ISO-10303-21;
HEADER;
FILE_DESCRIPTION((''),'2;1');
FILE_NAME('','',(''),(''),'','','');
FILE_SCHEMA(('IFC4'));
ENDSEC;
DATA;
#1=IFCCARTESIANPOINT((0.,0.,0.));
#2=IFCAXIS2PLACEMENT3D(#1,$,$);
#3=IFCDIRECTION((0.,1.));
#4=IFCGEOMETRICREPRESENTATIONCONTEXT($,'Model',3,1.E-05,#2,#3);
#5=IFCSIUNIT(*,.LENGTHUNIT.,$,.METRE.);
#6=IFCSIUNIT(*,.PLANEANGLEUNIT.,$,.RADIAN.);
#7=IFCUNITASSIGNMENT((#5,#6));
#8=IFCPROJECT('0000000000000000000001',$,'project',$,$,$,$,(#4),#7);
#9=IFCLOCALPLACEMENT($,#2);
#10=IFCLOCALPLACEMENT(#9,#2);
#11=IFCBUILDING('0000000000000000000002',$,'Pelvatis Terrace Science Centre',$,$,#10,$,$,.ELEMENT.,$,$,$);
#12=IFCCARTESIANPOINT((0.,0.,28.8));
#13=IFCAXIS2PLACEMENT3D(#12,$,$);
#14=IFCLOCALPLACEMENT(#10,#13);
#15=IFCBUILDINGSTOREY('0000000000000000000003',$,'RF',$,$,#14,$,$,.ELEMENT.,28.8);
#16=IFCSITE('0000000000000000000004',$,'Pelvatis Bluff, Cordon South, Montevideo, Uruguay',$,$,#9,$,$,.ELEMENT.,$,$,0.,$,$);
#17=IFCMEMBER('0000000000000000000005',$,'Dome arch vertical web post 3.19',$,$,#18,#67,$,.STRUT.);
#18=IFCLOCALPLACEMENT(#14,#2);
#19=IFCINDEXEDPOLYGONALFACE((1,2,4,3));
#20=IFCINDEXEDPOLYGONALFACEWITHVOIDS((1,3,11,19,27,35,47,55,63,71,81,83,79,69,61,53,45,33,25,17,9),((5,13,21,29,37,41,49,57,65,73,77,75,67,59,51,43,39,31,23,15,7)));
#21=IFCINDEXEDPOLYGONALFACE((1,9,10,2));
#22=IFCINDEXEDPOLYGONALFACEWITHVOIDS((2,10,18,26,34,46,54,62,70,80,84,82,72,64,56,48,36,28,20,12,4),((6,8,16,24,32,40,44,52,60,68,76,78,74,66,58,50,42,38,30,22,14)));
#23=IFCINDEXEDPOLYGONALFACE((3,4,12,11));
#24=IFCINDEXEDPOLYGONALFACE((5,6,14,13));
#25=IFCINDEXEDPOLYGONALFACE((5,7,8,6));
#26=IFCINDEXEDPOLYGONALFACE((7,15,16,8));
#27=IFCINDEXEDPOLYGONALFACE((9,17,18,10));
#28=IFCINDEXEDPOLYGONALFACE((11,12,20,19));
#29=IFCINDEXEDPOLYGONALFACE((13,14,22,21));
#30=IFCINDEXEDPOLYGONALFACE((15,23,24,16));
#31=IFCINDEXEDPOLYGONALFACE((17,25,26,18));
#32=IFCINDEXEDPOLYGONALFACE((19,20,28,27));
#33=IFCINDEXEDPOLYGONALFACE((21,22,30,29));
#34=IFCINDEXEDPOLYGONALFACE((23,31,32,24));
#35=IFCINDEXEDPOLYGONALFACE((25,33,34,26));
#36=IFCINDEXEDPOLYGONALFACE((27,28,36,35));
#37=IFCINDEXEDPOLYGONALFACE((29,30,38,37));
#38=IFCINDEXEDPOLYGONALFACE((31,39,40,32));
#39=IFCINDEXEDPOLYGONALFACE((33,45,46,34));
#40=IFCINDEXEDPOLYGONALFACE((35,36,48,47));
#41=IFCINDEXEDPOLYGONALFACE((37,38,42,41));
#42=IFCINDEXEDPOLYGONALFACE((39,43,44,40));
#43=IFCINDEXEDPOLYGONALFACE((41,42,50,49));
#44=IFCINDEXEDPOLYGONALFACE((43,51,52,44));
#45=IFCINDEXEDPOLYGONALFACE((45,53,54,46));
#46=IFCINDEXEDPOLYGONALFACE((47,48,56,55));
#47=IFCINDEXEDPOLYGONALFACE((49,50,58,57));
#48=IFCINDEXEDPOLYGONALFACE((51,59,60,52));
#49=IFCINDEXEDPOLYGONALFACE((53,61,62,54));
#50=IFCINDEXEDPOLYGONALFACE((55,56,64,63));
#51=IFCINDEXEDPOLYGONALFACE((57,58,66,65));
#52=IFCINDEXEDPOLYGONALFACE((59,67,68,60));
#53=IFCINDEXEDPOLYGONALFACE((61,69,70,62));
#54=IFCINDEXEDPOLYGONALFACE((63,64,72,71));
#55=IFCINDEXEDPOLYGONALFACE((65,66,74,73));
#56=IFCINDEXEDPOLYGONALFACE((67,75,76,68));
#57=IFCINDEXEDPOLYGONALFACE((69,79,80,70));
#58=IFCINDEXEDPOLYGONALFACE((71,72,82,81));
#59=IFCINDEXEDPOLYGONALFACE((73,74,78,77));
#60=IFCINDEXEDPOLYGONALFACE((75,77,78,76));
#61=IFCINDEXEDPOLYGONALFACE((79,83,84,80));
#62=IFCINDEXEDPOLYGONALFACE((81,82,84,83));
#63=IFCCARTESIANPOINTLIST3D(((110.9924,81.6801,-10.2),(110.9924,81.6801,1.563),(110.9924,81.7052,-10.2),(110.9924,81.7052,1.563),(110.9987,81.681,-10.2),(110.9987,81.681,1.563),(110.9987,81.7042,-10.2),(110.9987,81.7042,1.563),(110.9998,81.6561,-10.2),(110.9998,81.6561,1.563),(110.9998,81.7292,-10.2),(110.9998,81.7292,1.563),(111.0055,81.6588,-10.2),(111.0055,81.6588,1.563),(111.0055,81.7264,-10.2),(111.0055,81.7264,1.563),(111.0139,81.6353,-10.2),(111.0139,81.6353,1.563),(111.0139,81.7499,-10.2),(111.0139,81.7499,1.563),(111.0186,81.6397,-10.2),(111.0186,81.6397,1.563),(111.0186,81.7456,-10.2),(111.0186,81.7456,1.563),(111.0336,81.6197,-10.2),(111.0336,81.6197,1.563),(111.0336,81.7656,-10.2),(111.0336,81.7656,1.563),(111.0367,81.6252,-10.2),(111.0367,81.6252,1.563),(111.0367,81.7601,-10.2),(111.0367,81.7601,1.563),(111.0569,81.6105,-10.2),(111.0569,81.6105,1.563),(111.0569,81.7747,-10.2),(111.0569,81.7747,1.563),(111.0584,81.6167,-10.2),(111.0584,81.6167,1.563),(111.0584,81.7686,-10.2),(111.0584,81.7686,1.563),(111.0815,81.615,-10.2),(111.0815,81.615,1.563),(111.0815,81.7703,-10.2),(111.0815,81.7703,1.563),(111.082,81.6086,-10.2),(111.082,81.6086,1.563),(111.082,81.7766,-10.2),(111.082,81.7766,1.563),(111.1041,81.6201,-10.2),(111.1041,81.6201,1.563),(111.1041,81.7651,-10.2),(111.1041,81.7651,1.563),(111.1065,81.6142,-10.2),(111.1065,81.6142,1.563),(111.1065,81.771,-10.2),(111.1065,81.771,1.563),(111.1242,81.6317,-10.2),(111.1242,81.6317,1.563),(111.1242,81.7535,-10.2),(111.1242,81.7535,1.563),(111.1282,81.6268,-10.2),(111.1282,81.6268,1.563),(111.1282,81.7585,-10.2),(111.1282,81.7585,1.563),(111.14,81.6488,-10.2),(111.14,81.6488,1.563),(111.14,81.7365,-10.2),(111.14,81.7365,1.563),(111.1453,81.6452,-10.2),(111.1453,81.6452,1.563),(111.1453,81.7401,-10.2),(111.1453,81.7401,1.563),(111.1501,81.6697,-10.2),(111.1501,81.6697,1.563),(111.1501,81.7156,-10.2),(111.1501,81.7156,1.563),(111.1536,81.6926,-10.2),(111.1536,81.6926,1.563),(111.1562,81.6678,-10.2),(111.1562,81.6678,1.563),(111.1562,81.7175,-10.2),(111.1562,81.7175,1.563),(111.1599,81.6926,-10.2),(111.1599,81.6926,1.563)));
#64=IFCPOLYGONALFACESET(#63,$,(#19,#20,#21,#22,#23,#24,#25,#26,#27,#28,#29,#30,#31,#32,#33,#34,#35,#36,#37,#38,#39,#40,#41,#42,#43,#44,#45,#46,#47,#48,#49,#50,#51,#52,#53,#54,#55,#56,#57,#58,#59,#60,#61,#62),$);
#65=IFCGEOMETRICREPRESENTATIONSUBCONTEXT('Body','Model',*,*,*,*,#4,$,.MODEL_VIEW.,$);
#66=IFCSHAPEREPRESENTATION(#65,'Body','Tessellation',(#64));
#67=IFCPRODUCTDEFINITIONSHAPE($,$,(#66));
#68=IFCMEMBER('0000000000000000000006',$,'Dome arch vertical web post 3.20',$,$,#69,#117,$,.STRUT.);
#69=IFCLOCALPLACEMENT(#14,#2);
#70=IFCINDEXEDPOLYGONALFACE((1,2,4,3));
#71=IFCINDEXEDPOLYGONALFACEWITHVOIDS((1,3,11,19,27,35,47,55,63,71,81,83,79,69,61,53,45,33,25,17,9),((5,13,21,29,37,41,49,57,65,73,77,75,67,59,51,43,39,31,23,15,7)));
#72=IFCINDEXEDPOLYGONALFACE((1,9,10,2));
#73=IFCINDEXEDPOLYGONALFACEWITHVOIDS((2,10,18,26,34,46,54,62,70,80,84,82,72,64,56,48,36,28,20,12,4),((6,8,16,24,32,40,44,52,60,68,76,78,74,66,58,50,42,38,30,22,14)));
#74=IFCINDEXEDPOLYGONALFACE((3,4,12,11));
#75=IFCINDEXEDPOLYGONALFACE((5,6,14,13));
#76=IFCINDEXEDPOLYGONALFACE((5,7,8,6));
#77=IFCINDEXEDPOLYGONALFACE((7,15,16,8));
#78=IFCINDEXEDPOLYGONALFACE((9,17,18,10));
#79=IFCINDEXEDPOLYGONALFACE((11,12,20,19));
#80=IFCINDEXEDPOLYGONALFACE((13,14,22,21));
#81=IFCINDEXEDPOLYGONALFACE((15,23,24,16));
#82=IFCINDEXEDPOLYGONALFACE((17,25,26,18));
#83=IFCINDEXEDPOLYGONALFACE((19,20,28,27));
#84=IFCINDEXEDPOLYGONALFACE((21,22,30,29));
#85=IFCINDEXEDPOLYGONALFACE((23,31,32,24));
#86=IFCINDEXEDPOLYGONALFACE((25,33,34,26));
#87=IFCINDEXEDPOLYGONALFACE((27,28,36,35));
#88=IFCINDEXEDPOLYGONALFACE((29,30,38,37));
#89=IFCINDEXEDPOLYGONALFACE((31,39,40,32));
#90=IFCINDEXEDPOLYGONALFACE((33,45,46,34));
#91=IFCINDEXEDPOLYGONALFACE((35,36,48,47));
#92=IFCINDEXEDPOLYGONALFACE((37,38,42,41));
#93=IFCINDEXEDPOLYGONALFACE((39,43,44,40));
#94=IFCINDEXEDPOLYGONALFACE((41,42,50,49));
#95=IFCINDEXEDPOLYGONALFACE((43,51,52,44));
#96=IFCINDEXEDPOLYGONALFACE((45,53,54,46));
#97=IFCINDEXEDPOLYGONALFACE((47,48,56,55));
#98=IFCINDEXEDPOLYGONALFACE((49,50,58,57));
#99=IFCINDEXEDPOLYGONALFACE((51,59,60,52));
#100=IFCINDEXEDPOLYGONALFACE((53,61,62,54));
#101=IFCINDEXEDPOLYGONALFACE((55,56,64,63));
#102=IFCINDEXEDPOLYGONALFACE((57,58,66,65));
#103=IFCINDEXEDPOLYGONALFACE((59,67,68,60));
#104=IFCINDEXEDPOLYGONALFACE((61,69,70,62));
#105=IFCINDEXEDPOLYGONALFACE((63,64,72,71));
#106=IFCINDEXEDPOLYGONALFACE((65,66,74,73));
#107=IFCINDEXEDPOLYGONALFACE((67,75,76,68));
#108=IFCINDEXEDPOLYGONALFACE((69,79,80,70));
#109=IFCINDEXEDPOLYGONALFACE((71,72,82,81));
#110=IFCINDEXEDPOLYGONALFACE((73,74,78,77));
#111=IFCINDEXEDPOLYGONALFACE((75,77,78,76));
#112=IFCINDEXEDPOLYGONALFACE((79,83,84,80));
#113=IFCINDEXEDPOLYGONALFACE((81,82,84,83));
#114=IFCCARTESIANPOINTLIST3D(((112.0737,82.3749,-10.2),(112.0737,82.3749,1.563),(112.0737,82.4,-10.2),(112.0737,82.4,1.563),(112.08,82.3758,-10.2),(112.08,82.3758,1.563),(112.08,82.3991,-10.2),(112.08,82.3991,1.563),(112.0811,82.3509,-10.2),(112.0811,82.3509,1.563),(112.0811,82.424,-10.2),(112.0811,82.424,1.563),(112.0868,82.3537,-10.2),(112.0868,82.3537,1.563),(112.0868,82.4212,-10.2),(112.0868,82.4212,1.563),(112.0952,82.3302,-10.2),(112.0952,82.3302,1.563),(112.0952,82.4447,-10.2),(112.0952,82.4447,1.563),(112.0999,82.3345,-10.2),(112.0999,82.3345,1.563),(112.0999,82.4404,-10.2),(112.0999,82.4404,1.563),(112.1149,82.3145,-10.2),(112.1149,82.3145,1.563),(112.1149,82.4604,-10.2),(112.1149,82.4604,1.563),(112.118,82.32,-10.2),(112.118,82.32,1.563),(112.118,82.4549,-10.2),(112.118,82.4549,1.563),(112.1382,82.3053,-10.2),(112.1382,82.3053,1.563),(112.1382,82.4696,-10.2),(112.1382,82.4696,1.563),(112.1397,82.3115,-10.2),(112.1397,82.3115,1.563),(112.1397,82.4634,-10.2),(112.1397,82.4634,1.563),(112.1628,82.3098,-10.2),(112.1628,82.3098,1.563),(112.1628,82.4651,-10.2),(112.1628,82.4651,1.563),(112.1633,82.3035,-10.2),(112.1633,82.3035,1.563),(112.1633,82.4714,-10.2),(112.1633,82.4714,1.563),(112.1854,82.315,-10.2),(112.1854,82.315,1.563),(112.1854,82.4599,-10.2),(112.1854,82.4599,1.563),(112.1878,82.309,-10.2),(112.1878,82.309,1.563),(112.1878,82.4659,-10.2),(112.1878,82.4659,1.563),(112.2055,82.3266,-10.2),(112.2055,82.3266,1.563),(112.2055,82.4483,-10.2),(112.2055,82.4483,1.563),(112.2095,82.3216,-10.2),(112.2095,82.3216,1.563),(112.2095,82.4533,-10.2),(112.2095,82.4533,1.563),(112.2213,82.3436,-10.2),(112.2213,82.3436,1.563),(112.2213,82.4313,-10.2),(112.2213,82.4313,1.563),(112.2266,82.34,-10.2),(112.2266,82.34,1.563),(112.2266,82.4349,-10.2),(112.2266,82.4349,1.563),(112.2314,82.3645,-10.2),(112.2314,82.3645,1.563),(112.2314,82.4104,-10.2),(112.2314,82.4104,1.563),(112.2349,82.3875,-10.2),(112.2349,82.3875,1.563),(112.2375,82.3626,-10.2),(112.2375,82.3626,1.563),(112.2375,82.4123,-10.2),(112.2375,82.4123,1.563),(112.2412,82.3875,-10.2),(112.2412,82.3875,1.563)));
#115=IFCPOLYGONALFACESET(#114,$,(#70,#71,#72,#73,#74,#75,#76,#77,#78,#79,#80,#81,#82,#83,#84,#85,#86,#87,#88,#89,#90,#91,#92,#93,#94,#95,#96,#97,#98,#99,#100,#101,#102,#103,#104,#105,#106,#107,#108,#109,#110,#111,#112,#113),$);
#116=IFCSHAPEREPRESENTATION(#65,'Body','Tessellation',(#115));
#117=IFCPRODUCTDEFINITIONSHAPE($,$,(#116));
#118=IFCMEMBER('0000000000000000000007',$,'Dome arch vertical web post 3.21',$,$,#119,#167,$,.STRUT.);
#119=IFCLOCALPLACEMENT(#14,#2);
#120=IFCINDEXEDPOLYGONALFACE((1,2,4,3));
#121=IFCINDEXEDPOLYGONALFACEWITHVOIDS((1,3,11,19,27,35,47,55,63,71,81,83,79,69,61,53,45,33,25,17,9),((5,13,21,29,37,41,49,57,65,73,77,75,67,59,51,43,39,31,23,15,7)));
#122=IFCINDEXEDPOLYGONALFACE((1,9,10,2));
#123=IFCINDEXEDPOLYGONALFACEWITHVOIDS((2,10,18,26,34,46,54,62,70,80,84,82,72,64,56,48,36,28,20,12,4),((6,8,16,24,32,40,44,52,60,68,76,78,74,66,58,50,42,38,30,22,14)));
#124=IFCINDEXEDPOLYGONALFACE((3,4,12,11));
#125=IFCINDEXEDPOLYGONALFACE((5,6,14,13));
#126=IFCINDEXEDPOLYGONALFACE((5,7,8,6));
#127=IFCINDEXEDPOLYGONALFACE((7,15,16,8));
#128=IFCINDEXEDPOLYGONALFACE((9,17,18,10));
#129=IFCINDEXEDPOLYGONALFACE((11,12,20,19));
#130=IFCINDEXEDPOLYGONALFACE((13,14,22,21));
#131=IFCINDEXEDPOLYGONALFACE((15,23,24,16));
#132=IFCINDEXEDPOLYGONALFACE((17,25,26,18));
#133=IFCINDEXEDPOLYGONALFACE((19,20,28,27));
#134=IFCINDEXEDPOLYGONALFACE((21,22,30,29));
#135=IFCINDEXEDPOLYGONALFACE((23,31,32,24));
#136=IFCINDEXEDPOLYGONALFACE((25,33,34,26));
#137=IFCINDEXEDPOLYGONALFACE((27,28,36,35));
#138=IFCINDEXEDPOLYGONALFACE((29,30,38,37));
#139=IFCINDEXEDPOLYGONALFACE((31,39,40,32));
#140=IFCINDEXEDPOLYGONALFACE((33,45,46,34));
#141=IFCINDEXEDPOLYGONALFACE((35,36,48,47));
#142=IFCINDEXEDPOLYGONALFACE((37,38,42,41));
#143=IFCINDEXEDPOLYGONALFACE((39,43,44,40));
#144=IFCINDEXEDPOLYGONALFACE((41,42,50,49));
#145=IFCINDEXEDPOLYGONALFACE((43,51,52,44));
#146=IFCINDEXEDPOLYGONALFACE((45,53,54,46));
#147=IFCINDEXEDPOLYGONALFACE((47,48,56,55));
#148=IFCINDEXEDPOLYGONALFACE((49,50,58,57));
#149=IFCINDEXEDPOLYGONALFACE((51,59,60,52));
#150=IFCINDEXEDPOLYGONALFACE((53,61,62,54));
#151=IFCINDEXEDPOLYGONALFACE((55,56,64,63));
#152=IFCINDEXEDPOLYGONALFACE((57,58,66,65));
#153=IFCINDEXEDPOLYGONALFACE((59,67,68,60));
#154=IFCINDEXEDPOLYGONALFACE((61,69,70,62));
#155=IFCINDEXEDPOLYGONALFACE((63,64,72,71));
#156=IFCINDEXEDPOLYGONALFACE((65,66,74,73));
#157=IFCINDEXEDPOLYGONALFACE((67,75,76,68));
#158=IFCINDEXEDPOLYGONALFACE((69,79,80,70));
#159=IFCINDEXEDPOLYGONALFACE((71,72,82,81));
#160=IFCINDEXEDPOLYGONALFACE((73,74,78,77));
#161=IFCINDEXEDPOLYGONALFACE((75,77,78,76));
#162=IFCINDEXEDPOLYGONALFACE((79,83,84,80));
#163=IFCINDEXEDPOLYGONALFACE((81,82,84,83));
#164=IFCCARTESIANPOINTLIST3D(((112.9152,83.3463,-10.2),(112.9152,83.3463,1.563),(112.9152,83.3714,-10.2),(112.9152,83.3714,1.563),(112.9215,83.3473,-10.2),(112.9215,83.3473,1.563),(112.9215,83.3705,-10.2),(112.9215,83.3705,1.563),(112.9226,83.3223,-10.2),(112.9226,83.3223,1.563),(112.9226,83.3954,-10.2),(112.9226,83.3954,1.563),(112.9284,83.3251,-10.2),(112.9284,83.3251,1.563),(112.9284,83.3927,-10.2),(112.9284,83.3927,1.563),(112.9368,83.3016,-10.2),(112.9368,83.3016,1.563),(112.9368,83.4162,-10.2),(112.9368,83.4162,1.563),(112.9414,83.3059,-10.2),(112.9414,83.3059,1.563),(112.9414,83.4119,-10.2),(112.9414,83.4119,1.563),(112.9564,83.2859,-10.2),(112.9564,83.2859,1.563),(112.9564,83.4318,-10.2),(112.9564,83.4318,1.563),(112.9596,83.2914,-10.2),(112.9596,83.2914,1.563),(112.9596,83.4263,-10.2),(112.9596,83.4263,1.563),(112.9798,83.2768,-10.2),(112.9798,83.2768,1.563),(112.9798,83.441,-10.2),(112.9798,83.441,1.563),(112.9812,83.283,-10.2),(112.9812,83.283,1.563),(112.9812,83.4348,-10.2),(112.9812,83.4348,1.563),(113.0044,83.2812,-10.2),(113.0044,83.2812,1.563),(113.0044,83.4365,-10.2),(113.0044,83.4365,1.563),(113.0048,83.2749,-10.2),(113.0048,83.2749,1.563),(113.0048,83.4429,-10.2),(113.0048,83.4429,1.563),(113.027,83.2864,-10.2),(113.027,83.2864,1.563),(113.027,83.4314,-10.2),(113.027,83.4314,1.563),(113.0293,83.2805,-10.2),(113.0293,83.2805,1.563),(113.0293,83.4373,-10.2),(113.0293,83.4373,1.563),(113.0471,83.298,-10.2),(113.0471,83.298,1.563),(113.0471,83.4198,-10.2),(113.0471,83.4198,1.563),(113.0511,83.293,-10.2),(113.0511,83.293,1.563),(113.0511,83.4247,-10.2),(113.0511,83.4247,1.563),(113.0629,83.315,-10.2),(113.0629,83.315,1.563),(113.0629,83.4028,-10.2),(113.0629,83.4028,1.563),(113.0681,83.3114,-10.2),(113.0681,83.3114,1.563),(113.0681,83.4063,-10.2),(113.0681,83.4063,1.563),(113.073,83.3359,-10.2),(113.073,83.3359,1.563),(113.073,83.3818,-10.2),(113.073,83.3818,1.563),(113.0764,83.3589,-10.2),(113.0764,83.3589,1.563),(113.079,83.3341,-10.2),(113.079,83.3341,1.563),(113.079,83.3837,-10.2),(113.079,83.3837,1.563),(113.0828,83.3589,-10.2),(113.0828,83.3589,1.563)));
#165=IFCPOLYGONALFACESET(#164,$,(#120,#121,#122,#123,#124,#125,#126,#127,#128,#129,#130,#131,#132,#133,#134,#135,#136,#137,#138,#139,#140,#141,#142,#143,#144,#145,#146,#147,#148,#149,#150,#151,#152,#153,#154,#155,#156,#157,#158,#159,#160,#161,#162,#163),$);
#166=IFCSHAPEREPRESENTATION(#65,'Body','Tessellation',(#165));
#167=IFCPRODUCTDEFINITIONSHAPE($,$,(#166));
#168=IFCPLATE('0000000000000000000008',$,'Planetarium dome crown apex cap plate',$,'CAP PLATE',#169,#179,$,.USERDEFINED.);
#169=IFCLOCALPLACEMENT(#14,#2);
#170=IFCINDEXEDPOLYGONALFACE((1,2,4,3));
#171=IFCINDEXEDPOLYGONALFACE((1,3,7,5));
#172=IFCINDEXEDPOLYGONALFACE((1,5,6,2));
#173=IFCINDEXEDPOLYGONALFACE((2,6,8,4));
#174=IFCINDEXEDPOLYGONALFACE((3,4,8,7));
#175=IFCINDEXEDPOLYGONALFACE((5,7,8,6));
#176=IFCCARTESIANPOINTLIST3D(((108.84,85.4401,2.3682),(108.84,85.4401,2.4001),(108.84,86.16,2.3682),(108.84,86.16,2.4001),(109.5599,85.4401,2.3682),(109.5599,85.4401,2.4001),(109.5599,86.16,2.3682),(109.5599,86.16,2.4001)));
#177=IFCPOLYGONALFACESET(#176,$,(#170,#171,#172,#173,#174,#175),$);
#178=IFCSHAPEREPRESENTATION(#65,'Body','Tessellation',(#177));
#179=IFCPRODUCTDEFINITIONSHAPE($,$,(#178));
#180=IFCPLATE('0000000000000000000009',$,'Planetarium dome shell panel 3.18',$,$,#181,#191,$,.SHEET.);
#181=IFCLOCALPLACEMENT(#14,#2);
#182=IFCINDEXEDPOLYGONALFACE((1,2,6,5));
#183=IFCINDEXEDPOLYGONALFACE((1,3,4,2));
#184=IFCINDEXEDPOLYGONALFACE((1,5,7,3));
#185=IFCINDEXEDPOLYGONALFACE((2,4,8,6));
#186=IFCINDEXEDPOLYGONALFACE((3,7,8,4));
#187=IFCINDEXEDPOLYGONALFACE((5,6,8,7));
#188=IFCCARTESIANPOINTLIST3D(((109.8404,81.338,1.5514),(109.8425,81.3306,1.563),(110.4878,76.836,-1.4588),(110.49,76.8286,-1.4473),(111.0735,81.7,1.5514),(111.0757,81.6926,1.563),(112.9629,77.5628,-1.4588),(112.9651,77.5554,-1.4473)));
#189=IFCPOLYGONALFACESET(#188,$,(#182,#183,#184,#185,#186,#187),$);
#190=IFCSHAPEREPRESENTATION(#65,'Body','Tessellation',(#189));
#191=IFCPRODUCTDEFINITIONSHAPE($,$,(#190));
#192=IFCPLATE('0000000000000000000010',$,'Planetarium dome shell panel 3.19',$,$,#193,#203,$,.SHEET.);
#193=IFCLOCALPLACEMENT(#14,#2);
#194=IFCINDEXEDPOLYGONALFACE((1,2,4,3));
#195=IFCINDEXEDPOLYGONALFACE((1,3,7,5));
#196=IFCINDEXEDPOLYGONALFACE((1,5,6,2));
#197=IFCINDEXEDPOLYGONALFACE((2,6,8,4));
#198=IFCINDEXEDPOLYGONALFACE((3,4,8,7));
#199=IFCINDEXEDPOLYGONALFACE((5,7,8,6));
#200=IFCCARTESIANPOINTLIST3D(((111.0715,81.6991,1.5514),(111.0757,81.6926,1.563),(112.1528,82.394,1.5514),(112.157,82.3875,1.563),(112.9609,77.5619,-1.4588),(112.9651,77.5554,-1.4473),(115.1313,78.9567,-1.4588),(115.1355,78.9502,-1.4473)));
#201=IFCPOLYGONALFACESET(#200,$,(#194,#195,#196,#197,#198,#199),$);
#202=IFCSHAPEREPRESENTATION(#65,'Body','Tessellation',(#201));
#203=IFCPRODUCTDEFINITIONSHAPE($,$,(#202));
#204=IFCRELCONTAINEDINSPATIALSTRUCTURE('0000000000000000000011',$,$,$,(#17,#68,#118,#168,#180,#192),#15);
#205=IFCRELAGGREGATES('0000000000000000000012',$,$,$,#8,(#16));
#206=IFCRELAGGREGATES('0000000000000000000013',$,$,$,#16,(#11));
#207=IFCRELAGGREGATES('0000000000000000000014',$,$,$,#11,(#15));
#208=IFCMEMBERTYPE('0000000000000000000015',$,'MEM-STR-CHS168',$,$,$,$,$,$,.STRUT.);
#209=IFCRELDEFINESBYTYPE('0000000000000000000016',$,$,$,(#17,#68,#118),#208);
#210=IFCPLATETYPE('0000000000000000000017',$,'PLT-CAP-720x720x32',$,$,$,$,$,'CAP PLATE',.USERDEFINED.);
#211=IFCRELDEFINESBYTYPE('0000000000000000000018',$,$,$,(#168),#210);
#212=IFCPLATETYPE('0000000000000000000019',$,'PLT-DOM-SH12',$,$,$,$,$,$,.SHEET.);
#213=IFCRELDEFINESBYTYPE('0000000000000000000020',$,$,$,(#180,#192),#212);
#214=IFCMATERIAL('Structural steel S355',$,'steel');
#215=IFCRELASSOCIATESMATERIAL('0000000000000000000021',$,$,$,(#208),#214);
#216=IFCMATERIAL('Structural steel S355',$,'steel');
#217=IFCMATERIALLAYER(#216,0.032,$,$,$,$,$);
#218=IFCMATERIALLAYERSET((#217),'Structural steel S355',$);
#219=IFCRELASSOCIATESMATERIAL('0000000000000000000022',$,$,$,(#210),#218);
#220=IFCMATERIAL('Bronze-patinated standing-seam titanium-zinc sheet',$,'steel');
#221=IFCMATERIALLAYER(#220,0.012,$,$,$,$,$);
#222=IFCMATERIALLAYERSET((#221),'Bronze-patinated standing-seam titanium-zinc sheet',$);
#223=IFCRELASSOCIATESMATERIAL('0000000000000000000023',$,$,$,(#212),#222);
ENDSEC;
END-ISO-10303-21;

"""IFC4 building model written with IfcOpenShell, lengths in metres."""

from ifc_helpers import new_model, si_unit, direction, frame, origin, origin_2d, place, context, subcontext, project, spatial, polyline, rectangle, hollow_circle, outline, extrude, material, layer, layer_set, material_profile, profile_set, type_object, element, save


model = new_model("IFC4")

# Units and contexts
model_context = context("Model", 3, precision=1e-05, world=origin(), true_north=direction((0.0, 1.0)))
body_context = subcontext(model_context, "Body", "Model", "MODEL_VIEW")
ifc_project = project(units=[si_unit("LENGTHUNIT", "METRE"), si_unit("PLANEANGLEUNIT", "RADIAN")], contexts=[model_context])

# Site, building, storey
site_placement = place(None, origin())
site = spatial("IfcSite", under=ifc_project, at=site_placement, Name="Pelvatis Bluff, Cordon South, Montevideo, Uruguay", CompositionType="ELEMENT", RefElevation=0.0)
building_placement = place(site_placement, origin())
building = spatial("IfcBuilding", under=site, at=building_placement, Name="Pelvatis Terrace Science Centre", CompositionType="ELEMENT")
storey_placement = place(building_placement, frame((0.0, 0.0, 28.8)))
storey = spatial("IfcBuildingStorey", under=building, at=storey_placement, Name="RF", CompositionType="ELEMENT", Elevation=28.8)

# Members
ifc_material_1 = material(Name="Structural steel S355", Category="steel")
ifc_material_profile_1 = material_profile(ifc_material_1, hollow_circle(Radius=0.0842, WallThickness=0.0063, at=origin_2d()), Name="CHS 168.3x6.3")
ifc_profile_set_1 = profile_set([ifc_material_profile_1], Name="Structural steel S355")
member_type_1 = type_object("IfcMemberType", Name="MEM-STR-CHS168", PredefinedType="STRUT", material=ifc_profile_set_1)
for number, where, z_axis, x_axis, name in (
    (1, (111.0757, 81.6926, -10.2), (0.0, 0.0, 1.0), (1.0, 0.0, 0.0), "Dome arch vertical web post 3.19"),
    (2, (112.157, 82.3875, -10.2), (0.0, 0.0, 1.0), (1.0, 0.0, 0.0), "Dome arch vertical web post 3.20"),
    (3, (112.9985, 83.3589, -10.2), (0.0, 0.0, 1.0), (1.0, 0.0, 0.0), "Dome arch vertical web post 3.21"),
):
    element("IfcMember", number, at=place(storey_placement, frame(where, z_axis=z_axis, x_axis=x_axis)), inside=storey, type_object=member_type_1, Name=name, PredefinedType="STRUT", context=body_context, shape_type="SweptSolid", body=[
        extrude(hollow_circle(Radius=0.0842, WallThickness=0.0063, at=origin_2d()), origin(), (0.0, 0.0, 1.0), 11.7629),
    ])

# Plates
ifc_material_2 = material(Name="Structural steel S355", Category="steel")
ifc_layer_1 = layer(ifc_material_2, 0.032)
ifc_layer_set_1 = layer_set([ifc_layer_1], Name="Structural steel S355")
plate_type_1 = type_object("IfcPlateType", Name="PLT-CAP-720x720x32", ElementType="CAP PLATE", PredefinedType="USERDEFINED", material=ifc_layer_set_1)
plate_1_placement = place(storey_placement, frame((109.2, 85.8, 2.3682), z_axis=(0.0, 0.0, 1.0), x_axis=(1.0, 0.0, 0.0)))
element("IfcPlate", 4, at=plate_1_placement, inside=storey, type_object=plate_type_1, Name="Planetarium dome crown apex cap plate", ObjectType="CAP PLATE", PredefinedType="USERDEFINED", context=body_context, shape_type="SweptSolid", body=[
    extrude(rectangle(XDim=0.72, YDim=0.72, at=origin_2d()), origin(), (0.0, 0.0, 1.0), 0.032),
])
ifc_material_3 = material(Name="Bronze-patinated standing-seam titanium-zinc sheet", Category="steel")
ifc_layer_2 = layer(ifc_material_3, 0.012)
ifc_layer_set_2 = layer_set([ifc_layer_2], Name="Bronze-patinated standing-seam titanium-zinc sheet")
plate_type_2 = type_object("IfcPlateType", Name="PLT-DOM-SH12", PredefinedType="SHEET", material=ifc_layer_set_2)
plate_2_placement = place(storey_placement, frame((110.49, 76.8286, -1.4473), z_axis=(0.156603, -0.533326, 0.831287), x_axis=(0.959489, 0.281747, 0.000006)))
element("IfcPlate", 5, at=plate_2_placement, inside=storey, type_object=plate_type_2, Name="Planetarium dome shell panel 3.18", PredefinedType="SHEET", context=body_context, shape_type="SweptSolid", body=[
    extrude(outline(polyline([(0.0, 0.0), (2.5796, 0.0), (1.9324, 5.4156), (0.6472, 5.4157), (0.0, 0.0)])), origin(), (0.0, 0.0, -1.0), 0.0139),
])
plate_3_placement = place(storey_placement, frame((112.9651, 77.5554, -1.4473), z_axis=(0.300499, -0.467618, 0.831285), x_axis=(0.841266, 0.540621, 0.000005)))
element("IfcPlate", 6, at=plate_3_placement, inside=storey, type_object=plate_type_2, Name="Planetarium dome shell panel 3.19", PredefinedType="SHEET", context=body_context, shape_type="SweptSolid", body=[
    extrude(outline(polyline([(0.0, 0.0), (2.5799, 0.0), (1.9325, 5.4156), (0.6472, 5.4156), (0.0, 0.0)])), origin(), (0.0, 0.0, -1.0), 0.0139),
])

save(model, "model.ifc")
